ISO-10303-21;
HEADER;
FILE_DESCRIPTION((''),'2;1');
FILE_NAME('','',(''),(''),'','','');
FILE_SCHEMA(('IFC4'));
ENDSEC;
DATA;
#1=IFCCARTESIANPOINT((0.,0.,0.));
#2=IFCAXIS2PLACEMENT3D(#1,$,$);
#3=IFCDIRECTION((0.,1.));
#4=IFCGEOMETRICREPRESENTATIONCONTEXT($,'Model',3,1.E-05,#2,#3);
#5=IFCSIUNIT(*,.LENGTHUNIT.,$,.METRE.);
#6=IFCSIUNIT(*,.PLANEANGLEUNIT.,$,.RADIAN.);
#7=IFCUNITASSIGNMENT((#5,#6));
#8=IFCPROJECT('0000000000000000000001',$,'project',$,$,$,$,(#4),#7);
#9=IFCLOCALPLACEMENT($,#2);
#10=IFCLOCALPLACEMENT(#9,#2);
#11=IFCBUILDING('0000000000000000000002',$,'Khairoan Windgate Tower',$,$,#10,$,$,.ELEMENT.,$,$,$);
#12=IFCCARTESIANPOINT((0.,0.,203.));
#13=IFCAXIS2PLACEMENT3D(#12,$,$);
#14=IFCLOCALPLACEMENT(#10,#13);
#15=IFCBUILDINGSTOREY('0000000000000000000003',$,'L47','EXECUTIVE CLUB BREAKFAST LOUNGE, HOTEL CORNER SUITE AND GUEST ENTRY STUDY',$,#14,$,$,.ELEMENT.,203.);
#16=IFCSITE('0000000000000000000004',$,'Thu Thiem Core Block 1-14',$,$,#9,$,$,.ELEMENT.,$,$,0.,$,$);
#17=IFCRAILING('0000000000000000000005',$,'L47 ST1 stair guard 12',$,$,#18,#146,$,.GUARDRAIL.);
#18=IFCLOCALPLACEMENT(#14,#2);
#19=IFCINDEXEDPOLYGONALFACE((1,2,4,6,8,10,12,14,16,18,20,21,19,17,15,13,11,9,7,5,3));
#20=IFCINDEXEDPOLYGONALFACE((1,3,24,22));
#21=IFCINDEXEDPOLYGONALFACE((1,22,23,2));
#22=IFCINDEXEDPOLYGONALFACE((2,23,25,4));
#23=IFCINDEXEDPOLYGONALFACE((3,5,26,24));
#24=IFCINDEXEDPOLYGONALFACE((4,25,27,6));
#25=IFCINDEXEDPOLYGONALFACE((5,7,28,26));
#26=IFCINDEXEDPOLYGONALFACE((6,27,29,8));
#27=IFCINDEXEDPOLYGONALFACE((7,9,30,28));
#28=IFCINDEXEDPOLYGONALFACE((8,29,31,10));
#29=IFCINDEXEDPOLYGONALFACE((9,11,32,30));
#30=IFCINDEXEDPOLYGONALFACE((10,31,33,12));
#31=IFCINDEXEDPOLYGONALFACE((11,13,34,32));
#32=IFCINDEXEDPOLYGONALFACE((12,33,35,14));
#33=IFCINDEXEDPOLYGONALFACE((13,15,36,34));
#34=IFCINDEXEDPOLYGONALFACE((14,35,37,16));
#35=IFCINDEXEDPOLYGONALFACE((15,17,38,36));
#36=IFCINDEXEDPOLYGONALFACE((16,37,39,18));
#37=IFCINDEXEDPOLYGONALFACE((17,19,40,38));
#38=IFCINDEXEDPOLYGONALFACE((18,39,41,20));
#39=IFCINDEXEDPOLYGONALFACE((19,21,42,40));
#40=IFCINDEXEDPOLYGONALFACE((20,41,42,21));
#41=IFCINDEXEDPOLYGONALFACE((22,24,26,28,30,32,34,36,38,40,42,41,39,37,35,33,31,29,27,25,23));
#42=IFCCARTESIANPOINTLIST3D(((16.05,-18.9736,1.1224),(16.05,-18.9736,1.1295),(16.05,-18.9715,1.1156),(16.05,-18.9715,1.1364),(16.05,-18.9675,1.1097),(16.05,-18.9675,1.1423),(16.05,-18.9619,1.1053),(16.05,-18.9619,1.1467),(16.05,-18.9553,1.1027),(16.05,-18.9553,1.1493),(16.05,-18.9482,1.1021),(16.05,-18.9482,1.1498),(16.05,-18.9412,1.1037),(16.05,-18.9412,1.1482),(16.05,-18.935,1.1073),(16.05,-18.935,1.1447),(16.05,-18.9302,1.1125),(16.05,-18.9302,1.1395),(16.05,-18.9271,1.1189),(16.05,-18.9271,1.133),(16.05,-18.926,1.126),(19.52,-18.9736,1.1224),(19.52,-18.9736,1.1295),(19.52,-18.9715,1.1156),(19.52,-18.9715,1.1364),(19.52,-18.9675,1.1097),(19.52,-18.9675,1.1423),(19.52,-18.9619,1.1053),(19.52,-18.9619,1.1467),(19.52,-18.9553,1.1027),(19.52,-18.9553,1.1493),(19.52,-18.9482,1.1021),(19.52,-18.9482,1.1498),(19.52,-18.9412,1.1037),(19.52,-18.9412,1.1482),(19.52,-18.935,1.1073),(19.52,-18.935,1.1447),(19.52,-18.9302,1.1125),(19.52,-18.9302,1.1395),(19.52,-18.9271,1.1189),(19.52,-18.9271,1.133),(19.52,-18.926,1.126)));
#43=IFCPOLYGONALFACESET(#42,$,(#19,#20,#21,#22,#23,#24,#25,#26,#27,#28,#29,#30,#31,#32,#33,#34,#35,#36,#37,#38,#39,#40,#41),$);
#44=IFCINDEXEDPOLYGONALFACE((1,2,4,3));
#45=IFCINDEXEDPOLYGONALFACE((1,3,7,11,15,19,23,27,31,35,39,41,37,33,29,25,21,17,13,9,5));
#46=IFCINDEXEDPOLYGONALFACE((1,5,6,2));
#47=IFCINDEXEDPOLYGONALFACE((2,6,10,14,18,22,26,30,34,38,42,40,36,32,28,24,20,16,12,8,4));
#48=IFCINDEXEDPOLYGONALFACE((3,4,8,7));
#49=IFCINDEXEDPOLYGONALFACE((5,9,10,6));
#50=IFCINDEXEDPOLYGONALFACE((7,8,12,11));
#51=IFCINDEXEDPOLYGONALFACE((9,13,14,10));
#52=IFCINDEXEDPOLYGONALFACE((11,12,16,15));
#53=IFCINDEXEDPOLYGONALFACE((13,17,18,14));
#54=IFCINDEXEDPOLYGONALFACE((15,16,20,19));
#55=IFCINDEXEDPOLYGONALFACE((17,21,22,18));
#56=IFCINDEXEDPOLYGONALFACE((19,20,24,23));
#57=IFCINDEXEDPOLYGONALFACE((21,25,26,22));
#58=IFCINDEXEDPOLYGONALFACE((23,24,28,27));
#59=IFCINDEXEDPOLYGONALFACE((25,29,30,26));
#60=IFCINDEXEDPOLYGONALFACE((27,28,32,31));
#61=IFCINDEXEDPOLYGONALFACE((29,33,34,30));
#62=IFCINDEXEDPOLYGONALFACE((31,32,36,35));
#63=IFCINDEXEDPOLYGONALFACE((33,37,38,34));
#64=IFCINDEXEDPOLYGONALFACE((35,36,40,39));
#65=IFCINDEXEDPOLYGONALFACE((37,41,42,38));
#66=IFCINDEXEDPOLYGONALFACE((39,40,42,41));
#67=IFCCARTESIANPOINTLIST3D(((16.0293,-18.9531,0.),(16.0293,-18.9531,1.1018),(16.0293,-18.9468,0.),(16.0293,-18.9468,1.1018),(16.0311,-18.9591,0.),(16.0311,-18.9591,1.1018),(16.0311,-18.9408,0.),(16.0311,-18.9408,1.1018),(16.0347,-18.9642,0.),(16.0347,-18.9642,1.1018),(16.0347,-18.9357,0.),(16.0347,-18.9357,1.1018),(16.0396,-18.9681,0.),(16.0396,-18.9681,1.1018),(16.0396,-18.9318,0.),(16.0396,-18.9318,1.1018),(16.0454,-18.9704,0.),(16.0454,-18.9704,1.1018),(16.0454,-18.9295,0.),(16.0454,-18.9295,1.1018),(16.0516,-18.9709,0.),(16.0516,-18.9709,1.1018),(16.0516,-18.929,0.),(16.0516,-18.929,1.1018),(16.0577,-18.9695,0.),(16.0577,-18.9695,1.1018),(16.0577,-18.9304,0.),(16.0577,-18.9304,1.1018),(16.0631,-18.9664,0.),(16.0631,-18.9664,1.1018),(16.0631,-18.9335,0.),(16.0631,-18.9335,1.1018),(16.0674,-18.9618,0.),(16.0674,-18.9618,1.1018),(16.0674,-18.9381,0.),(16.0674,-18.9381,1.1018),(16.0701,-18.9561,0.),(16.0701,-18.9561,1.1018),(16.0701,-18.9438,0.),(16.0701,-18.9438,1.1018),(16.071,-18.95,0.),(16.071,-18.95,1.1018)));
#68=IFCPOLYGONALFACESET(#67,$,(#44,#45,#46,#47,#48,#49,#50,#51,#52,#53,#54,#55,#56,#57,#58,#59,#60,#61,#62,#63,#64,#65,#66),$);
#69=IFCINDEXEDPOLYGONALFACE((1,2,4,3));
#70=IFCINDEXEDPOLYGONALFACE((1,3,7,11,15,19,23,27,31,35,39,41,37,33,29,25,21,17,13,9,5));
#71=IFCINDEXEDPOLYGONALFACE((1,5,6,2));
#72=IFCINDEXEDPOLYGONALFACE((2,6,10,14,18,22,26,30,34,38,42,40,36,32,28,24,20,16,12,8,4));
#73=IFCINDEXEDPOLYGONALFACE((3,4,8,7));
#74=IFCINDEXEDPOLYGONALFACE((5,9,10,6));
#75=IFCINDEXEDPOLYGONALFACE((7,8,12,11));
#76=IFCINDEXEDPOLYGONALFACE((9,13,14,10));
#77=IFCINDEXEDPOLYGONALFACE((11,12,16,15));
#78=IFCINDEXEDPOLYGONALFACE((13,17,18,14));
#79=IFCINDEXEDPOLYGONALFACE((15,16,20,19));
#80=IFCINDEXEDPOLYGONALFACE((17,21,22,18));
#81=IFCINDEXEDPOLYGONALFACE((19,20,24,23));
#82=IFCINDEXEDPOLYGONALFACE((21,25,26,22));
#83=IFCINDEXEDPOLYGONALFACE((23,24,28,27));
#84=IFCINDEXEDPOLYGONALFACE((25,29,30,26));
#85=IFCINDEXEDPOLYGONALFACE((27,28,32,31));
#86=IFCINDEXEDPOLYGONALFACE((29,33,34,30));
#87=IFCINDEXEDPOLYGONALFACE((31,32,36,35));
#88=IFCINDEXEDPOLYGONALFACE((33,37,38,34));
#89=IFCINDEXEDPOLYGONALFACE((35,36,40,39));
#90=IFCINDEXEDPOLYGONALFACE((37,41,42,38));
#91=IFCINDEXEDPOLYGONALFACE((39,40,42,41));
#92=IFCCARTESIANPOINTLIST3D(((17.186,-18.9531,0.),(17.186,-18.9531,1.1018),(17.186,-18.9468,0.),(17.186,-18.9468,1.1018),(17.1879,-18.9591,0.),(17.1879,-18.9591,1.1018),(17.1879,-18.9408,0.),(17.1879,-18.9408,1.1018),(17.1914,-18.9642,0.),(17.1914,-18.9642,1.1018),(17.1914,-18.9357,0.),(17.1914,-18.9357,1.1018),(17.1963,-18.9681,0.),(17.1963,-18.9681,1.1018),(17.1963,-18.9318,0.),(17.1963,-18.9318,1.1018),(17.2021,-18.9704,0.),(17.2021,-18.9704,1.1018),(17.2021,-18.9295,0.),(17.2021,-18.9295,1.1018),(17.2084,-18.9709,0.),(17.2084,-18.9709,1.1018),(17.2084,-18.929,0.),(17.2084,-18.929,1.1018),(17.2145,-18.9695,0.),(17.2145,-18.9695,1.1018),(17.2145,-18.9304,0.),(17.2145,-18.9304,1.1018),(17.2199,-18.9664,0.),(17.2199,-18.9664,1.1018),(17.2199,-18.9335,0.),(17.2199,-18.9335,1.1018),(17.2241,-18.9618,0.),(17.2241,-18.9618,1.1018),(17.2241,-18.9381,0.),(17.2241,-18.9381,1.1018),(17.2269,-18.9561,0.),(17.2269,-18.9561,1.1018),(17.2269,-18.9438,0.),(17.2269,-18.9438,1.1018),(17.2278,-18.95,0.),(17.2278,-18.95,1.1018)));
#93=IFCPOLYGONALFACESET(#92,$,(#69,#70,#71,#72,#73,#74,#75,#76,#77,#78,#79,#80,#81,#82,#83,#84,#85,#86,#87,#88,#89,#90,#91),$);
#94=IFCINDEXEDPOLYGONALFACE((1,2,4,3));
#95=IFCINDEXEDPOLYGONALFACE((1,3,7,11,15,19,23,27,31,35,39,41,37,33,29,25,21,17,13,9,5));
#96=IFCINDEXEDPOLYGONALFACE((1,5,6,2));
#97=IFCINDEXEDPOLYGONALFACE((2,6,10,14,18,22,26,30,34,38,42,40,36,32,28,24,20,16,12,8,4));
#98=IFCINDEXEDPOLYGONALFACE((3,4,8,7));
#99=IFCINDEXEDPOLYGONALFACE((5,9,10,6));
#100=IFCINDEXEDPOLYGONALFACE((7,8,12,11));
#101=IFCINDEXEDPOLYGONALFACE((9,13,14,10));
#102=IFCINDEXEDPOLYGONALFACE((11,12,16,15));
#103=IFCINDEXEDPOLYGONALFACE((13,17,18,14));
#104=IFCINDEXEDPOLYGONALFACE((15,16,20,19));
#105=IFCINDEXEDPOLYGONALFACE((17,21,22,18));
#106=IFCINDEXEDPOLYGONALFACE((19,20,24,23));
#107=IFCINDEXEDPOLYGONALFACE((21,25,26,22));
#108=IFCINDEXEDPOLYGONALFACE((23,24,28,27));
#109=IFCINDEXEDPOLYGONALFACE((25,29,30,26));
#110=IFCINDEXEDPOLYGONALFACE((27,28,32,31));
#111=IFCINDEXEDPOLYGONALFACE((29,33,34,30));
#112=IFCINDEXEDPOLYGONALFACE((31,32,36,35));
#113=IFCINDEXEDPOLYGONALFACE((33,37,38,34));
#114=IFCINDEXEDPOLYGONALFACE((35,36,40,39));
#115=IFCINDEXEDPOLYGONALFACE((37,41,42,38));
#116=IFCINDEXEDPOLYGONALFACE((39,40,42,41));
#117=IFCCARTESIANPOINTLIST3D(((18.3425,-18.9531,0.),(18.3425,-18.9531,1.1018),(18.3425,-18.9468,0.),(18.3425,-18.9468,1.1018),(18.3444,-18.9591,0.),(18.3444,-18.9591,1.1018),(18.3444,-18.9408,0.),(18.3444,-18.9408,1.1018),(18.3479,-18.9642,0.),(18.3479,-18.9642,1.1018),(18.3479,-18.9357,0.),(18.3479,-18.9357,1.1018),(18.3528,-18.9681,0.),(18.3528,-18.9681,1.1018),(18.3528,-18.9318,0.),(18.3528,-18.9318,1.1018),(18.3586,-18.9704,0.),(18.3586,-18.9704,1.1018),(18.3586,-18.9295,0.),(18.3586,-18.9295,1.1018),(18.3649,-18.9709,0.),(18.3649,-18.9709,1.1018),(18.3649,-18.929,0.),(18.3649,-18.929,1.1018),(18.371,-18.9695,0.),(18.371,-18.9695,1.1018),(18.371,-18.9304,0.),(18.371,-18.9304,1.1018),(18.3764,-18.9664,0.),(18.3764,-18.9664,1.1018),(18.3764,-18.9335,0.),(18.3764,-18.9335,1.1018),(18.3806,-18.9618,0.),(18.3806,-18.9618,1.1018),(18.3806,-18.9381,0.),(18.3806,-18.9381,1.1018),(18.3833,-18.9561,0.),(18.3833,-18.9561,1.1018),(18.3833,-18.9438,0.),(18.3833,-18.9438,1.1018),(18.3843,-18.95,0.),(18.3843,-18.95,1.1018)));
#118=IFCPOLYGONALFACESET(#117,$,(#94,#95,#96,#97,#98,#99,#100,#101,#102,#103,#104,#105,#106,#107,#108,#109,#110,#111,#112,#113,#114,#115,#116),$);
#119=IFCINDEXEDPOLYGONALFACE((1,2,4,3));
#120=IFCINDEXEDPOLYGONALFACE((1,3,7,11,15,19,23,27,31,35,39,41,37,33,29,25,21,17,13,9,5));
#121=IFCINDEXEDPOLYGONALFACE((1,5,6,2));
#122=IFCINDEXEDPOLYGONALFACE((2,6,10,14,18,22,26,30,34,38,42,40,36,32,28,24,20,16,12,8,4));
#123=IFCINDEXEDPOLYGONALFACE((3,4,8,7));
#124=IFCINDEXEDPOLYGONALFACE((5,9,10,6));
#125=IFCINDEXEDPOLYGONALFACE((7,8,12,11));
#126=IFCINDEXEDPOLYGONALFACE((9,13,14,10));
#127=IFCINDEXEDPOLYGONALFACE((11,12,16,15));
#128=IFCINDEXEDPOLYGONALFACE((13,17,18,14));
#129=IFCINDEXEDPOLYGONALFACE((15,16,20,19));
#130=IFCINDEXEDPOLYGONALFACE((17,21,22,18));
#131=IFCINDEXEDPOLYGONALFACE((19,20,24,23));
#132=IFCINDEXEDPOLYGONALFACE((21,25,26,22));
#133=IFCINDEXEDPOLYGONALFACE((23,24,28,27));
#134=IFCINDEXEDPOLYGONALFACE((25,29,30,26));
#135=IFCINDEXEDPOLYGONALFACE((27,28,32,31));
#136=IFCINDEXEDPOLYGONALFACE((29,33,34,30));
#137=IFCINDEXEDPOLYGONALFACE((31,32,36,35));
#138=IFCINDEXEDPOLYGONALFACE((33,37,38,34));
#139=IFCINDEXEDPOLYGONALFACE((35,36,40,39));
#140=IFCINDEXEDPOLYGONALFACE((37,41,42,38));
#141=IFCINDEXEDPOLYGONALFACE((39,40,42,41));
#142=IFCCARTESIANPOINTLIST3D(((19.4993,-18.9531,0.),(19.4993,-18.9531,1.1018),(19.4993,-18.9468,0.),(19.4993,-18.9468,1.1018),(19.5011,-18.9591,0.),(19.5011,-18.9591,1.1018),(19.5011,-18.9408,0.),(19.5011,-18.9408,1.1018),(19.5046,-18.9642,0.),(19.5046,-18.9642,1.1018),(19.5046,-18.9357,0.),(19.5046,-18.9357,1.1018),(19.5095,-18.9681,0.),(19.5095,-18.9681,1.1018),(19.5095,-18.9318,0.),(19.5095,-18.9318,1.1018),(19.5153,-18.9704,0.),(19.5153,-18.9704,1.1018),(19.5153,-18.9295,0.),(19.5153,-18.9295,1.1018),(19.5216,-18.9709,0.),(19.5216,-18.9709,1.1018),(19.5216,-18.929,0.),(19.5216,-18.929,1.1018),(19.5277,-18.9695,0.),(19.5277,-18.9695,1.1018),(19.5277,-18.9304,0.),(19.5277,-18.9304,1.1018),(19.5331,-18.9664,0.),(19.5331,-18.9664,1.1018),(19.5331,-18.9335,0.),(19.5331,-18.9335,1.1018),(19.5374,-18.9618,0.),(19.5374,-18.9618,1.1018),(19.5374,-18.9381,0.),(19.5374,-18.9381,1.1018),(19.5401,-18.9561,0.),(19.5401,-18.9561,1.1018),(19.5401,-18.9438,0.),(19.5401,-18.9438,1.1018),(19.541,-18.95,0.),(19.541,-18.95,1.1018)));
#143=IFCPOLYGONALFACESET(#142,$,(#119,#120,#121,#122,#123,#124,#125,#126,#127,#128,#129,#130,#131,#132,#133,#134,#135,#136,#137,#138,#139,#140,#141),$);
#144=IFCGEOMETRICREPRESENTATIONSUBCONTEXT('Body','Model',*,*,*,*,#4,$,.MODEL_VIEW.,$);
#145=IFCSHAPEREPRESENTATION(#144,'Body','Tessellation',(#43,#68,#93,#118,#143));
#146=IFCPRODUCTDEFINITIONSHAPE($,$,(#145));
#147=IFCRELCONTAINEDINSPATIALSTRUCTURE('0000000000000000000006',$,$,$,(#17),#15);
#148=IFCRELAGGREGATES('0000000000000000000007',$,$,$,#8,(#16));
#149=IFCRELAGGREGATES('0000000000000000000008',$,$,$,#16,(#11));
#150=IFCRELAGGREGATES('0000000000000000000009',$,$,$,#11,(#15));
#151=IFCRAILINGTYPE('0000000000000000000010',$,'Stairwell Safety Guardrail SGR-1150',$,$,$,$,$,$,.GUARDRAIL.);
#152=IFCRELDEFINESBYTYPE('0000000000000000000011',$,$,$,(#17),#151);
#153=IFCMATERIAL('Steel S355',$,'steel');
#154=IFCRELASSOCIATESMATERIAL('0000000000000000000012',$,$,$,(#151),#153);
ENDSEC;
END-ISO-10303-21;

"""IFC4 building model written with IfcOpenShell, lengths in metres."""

from ifc_helpers import new_model, si_unit, direction, frame, origin, origin_2d, place, context, subcontext, project, spatial, circle, extrude, material, type_object, element, save


model = new_model("IFC4")

# Units and contexts
model_context = context("Model", 3, precision=1e-05, world=origin(), true_north=direction((0.0, 1.0)))
body_context = subcontext(model_context, "Body", "Model", "MODEL_VIEW")
ifc_project = project(units=[si_unit("LENGTHUNIT", "METRE"), si_unit("PLANEANGLEUNIT", "RADIAN")], contexts=[model_context])

# Site, building, storey
site_placement = place(None, origin())
site = spatial("IfcSite", under=ifc_project, at=site_placement, Name="Thu Thiem Core Block 1-14", CompositionType="ELEMENT", RefElevation=0.0)
building_placement = place(site_placement, origin())
building = spatial("IfcBuilding", under=site, at=building_placement, Name="Khairoan Windgate Tower", CompositionType="ELEMENT")
storey_placement = place(building_placement, frame((0.0, 0.0, 203.0)))
storey = spatial("IfcBuildingStorey", under=building, at=storey_placement, Name="L47", Description="EXECUTIVE CLUB BREAKFAST LOUNGE, HOTEL CORNER SUITE AND GUEST ENTRY STUDY", CompositionType="ELEMENT", Elevation=203.0)

# Railing
ifc_material_1 = material(Name="Steel S355", Category="steel")
railing_type = type_object("IfcRailingType", Name="Stairwell Safety Guardrail SGR-1150", PredefinedType="GUARDRAIL", material=ifc_material_1)
railing_1_placement = place(storey_placement, frame((16.05, -18.95, 0.0)))
element("IfcRailing", 1, at=railing_1_placement, inside=storey, type_object=railing_type, Name="L47 ST1 stair guard 12", PredefinedType="GUARDRAIL", context=body_context, shape_type="SweptSolid", body=[
    extrude(circle(Radius=0.0239, at=origin_2d()), frame((0.0, 0.0, 1.126), z_axis=(1.0, 0.0, 0.0), x_axis=(0.0, 1.0, 0.0)), (0.0, 0.0, 1.0), 3.47),
    extrude(circle(Radius=0.021, at=origin_2d()), origin(), (0.0, 0.0, 1.0), 1.1018),
    extrude(circle(Radius=0.021, at=origin_2d()), frame((1.1567, 0.0, 0.0)), (0.0, 0.0, 1.0), 1.1018),
    extrude(circle(Radius=0.021, at=origin_2d()), frame((2.3132, 0.0, 0.0)), (0.0, 0.0, 1.0), 1.1018),
    extrude(circle(Radius=0.021, at=origin_2d()), frame((3.47, 0.0, 0.0)), (0.0, 0.0, 1.0), 1.1018),
])

save(model, "model.ifc")
